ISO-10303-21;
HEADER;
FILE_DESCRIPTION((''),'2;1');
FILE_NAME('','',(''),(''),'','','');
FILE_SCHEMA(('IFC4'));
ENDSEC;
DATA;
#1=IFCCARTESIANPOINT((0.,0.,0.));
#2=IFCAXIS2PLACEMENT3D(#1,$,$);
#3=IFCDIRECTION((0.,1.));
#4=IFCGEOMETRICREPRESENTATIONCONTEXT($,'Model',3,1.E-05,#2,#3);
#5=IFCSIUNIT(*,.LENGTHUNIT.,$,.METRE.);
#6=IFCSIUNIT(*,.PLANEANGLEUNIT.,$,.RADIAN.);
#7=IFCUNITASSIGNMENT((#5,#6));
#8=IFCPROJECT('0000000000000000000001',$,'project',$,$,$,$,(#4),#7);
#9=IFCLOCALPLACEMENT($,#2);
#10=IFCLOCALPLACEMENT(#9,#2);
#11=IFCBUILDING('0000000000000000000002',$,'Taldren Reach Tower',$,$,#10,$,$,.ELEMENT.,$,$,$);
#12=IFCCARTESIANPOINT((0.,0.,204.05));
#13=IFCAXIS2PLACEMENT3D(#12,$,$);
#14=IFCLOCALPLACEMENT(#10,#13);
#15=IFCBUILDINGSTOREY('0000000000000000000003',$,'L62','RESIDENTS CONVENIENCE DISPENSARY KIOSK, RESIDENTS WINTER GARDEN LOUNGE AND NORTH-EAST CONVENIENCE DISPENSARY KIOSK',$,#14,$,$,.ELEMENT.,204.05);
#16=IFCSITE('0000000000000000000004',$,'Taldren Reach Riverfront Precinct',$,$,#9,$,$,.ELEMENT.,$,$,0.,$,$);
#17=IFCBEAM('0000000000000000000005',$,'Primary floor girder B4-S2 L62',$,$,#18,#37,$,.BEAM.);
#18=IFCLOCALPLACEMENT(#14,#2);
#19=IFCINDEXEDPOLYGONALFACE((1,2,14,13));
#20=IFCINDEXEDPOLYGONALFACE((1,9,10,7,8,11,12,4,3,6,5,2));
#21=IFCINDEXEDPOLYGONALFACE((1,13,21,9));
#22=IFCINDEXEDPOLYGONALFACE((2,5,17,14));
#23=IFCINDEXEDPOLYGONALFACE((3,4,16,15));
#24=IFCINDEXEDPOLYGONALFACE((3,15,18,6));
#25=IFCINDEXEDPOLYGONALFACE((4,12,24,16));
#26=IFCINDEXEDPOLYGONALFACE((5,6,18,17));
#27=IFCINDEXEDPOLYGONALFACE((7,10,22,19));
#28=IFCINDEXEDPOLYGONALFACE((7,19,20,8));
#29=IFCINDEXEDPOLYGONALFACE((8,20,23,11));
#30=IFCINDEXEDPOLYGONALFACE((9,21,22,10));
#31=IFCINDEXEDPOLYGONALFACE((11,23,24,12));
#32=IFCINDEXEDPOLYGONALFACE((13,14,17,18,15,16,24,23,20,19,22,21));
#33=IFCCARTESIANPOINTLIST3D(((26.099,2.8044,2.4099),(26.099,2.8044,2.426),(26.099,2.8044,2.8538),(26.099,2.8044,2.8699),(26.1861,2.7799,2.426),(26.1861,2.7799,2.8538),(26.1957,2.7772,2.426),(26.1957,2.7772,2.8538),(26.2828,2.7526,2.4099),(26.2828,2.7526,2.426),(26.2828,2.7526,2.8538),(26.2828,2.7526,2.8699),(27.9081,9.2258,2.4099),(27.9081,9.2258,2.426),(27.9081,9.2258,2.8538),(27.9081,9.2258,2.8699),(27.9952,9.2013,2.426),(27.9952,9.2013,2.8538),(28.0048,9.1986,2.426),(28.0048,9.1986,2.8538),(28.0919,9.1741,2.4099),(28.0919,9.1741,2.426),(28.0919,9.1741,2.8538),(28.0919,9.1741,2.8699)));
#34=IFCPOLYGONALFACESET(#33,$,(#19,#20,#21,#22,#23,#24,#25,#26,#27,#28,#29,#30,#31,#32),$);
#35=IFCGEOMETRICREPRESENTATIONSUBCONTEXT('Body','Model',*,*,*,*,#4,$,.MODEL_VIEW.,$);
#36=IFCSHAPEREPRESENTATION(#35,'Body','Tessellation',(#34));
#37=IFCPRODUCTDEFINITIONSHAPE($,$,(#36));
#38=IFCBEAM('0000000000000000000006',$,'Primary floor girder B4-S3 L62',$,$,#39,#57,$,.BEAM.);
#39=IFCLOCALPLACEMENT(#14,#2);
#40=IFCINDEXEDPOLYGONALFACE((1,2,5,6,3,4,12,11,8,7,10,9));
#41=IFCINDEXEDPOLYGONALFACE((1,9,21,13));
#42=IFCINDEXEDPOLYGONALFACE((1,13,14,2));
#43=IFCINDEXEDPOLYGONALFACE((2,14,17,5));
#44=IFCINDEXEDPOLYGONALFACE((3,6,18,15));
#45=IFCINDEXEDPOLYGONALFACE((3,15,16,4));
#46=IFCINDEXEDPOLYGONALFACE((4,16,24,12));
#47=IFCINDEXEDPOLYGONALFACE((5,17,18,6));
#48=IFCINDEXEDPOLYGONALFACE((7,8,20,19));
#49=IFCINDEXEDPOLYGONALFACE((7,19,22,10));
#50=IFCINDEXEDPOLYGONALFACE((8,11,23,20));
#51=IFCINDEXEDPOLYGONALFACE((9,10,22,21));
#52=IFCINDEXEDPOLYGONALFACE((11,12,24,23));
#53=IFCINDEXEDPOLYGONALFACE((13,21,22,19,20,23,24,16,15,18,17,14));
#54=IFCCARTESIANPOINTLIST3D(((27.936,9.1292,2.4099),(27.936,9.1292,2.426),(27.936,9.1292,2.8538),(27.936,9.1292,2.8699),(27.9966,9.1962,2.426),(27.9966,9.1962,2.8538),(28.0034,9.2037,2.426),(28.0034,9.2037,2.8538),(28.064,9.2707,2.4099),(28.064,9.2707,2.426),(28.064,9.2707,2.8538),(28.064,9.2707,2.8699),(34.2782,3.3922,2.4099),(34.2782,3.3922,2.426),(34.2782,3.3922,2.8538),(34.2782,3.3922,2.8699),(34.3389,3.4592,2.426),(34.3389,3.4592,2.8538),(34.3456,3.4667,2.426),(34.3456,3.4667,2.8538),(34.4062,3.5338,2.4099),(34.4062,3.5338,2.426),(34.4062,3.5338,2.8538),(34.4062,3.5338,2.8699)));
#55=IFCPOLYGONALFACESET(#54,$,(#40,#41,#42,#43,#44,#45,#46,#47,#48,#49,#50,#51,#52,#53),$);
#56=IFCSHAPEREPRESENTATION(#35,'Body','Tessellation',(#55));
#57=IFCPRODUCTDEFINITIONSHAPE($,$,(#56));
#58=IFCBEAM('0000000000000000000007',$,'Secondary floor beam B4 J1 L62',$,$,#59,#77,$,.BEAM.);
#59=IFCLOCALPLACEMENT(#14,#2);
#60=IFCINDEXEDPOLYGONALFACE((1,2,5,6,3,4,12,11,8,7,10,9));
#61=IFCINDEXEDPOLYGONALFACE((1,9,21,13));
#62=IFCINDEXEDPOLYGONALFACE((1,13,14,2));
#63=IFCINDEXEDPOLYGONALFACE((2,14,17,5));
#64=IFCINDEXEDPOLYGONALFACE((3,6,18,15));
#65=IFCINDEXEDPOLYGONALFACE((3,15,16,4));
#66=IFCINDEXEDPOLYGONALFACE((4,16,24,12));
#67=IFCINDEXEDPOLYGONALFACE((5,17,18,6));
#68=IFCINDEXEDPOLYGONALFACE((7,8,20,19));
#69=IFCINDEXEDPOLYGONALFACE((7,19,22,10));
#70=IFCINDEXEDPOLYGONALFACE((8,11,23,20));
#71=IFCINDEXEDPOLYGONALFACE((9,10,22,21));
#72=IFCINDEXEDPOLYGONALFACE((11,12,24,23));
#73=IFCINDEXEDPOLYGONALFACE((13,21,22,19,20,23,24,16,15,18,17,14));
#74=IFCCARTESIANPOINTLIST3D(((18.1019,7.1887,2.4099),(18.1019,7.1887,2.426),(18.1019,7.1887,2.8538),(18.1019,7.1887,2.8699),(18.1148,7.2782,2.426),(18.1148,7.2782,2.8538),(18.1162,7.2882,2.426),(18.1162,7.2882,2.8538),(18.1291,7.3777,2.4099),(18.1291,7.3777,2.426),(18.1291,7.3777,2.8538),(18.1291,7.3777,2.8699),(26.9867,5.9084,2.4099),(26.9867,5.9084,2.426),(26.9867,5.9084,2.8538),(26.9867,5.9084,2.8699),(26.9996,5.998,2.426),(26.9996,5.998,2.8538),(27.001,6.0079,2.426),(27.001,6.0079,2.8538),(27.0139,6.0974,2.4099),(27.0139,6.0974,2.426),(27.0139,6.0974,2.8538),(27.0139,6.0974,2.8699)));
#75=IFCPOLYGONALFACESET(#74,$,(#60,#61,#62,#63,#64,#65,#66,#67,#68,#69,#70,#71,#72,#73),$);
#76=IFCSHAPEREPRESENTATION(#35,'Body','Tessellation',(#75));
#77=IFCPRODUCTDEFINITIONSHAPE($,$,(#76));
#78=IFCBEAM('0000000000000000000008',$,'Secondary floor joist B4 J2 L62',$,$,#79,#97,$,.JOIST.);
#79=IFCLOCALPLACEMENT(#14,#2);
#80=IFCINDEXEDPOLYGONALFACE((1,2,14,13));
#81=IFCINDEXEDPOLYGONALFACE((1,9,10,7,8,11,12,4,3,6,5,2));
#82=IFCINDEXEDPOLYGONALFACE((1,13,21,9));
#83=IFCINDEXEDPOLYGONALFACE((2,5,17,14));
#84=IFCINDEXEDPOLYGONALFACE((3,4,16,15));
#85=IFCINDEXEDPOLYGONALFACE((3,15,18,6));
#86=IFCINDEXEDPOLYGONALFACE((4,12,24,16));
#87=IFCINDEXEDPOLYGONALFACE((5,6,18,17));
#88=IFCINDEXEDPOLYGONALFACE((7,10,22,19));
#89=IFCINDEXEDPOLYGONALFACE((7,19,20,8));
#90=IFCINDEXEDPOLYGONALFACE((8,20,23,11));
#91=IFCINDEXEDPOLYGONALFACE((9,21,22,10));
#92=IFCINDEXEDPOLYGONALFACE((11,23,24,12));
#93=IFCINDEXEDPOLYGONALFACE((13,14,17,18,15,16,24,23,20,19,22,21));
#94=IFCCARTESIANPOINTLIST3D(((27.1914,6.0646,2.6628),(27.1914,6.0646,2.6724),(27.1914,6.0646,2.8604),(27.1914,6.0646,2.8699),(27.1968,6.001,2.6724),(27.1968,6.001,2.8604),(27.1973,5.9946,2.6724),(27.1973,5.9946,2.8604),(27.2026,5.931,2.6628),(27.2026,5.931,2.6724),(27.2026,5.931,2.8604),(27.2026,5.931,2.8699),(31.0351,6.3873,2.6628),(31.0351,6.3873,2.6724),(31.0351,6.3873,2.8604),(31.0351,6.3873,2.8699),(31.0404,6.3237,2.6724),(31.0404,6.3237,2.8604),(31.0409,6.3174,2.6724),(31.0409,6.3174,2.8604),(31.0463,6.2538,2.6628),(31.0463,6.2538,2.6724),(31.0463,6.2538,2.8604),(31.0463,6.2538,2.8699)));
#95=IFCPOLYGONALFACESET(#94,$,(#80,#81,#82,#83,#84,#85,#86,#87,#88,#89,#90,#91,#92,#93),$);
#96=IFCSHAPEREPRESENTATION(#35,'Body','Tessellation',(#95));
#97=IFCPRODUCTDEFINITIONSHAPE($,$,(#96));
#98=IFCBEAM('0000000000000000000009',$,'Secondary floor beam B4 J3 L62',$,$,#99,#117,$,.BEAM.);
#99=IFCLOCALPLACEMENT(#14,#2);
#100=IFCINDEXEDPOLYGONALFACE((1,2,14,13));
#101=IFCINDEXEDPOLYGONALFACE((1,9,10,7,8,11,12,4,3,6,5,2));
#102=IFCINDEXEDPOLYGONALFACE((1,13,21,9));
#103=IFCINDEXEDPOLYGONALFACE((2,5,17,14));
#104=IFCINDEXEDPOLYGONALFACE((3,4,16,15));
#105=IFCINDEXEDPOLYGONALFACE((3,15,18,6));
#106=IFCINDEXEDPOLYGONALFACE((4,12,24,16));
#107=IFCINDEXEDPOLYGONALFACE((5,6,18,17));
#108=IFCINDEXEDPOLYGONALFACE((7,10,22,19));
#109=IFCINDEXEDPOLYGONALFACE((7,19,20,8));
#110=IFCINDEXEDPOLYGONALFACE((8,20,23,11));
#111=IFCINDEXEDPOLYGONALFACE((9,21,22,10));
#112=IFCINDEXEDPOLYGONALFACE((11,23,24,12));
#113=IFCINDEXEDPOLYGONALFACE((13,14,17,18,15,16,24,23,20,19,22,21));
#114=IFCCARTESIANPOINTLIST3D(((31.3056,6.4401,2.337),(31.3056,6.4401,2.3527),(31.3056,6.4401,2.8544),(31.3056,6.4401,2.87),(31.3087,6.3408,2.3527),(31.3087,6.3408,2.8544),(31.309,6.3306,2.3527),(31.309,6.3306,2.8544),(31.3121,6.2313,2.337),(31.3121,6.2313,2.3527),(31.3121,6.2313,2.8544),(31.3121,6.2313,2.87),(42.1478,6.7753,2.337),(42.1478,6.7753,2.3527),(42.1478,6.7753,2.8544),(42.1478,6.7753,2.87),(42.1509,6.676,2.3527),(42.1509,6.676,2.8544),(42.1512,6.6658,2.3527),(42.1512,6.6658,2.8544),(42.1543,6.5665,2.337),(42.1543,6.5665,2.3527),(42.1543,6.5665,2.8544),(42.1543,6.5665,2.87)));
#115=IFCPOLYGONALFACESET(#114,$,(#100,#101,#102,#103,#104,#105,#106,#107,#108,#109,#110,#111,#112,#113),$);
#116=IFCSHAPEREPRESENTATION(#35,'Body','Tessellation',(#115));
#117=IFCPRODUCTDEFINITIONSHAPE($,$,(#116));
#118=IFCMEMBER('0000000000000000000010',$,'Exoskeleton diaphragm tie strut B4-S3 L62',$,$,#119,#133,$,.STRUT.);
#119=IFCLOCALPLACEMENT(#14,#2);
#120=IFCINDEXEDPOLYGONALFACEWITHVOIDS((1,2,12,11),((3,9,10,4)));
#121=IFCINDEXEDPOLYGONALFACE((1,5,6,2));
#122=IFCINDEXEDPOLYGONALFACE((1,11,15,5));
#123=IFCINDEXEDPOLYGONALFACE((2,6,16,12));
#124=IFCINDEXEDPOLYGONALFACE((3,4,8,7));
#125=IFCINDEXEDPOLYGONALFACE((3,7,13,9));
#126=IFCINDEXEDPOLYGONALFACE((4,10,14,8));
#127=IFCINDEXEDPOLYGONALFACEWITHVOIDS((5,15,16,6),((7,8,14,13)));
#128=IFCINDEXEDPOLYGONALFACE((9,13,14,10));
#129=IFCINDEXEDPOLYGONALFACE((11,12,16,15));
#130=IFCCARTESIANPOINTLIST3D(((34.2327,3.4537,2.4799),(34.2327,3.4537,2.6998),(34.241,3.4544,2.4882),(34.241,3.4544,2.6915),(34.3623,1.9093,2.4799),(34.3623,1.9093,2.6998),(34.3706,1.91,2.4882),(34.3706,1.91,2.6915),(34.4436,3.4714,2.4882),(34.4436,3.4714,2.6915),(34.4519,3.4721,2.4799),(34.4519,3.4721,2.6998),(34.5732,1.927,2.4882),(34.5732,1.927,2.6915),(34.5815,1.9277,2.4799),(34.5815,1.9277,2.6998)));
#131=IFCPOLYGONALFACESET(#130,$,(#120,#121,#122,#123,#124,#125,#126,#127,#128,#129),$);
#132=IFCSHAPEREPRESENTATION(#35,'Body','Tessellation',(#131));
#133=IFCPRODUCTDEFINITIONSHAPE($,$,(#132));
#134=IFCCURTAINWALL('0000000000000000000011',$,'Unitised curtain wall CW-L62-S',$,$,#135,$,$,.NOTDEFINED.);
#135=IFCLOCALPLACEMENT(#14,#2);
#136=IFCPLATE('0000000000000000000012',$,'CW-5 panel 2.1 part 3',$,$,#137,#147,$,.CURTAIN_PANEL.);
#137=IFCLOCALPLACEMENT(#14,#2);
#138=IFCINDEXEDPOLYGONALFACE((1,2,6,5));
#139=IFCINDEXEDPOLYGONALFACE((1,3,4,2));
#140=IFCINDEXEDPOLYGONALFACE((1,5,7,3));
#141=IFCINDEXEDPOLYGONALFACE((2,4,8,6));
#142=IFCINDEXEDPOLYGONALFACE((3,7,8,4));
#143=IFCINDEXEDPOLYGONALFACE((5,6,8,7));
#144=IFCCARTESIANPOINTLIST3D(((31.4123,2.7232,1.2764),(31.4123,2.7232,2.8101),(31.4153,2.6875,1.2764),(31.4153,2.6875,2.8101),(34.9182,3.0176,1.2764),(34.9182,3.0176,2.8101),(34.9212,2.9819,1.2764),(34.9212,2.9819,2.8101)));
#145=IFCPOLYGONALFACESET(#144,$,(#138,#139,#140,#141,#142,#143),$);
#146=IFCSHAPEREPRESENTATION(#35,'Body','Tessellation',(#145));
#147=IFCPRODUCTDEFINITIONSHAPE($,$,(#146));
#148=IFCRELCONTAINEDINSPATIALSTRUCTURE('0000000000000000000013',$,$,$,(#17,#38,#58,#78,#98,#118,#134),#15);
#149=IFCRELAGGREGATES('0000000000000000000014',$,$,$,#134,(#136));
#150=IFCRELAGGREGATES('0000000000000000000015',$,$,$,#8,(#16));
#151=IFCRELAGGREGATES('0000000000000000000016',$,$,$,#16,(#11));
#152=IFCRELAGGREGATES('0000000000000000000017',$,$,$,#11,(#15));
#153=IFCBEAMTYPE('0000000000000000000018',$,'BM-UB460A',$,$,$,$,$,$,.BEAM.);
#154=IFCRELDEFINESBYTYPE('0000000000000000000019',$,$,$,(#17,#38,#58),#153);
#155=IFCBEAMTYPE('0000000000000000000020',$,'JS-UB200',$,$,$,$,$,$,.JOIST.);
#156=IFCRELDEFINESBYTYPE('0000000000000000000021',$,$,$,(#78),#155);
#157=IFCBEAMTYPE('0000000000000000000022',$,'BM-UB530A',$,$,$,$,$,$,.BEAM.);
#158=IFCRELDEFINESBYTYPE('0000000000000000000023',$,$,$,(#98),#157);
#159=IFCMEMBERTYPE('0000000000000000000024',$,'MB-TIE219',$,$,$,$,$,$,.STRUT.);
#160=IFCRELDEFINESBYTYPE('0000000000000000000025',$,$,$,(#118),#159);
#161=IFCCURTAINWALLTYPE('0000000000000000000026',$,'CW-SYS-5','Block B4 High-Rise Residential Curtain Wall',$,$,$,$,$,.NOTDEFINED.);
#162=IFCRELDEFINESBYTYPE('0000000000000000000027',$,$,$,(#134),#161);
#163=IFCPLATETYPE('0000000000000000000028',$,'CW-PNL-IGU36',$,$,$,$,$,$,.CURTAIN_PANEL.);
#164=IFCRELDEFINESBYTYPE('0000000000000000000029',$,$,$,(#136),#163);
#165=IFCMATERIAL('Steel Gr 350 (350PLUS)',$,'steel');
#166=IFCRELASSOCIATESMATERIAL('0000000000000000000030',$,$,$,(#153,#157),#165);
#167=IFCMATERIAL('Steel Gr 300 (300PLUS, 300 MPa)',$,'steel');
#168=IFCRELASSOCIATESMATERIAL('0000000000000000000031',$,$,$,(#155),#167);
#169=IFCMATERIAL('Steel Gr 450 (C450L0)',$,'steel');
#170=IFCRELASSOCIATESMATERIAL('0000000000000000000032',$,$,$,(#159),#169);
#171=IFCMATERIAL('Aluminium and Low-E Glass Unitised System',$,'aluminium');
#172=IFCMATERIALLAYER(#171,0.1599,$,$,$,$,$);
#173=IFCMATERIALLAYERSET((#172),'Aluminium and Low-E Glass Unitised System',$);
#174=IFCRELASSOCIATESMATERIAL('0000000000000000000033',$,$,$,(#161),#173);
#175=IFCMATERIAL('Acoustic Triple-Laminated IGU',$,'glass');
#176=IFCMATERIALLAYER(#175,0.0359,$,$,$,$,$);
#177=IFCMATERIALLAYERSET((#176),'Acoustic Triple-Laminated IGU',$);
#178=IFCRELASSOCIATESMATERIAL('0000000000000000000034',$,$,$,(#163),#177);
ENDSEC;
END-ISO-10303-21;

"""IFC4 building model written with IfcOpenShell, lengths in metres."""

from ifc_helpers import new_model, si_unit, direction, frame, origin, origin_2d, place, context, subcontext, project, spatial, rectangle, hollow_rectangle, i_section, extrude, source, transform, mapped, material, layer, layer_set, material_profile, profile_set, type_object, element, aggregate, save


model = new_model("IFC4")

# Units and contexts
model_context = context("Model", 3, precision=1e-05, world=origin(), true_north=direction((0.0, 1.0)))
body_context = subcontext(model_context, "Body", "Model", "MODEL_VIEW")
ifc_project = project(units=[si_unit("LENGTHUNIT", "METRE"), si_unit("PLANEANGLEUNIT", "RADIAN")], contexts=[model_context])

# Site, building, storey
site_placement = place(None, origin())
site = spatial("IfcSite", under=ifc_project, at=site_placement, Name="Taldren Reach Riverfront Precinct", CompositionType="ELEMENT", RefElevation=0.0)
building_placement = place(site_placement, origin())
building = spatial("IfcBuilding", under=site, at=building_placement, Name="Taldren Reach Tower", CompositionType="ELEMENT")
storey_placement = place(building_placement, frame((0.0, 0.0, 204.05)))
storey = spatial("IfcBuildingStorey", under=building, at=storey_placement, Name="L62", Description="RESIDENTS CONVENIENCE DISPENSARY KIOSK, RESIDENTS WINTER GARDEN LOUNGE AND NORTH-EAST CONVENIENCE DISPENSARY KIOSK", CompositionType="ELEMENT", Elevation=204.05)

# Shared definitions
ifc_material_1 = material(Name="Steel Gr 350 (350PLUS)", Category="steel")

# Beams
ifc_material_profile_1 = material_profile(ifc_material_1, i_section(OverallWidth=0.1909, OverallDepth=0.46, WebThickness=0.01, FlangeThickness=0.0161, at=origin_2d()), Name="460UB82.1")
ifc_profile_set_1 = profile_set([ifc_material_profile_1], Name="Steel Gr 350 (350PLUS)")
beam_type_1 = type_object("IfcBeamType", Name="BM-UB460A", PredefinedType="BEAM", material=ifc_profile_set_1)
shared_shape_1 = source(origin(), body_context, "Body", "SweptSolid", [
    extrude(i_section(OverallWidth=0.1909, OverallDepth=0.46, WebThickness=0.01, FlangeThickness=0.0161, at=origin_2d()), origin(), (0.0, 0.0, 1.0), 6.6714),
])
beam_1_placement = place(storey_placement, frame((28.0, 9.2, 2.6399), z_axis=(-0.271172, -0.962531, 0.0), x_axis=(0.962531, -0.271172, 0.0)))
element("IfcBeam", 1, at=beam_1_placement, inside=storey, type_object=beam_type_1, Name="Primary floor girder B4-S2 L62", PredefinedType="BEAM", context=body_context, shape_type="MappedRepresentation", body=[
    mapped(shared_shape_1, transform((0.0, 0.0, 0.0), scale=1.0)),
])
shared_shape_2 = source(origin(), body_context, "Body", "SweptSolid", [
    extrude(i_section(OverallWidth=0.1909, OverallDepth=0.46, WebThickness=0.01, FlangeThickness=0.0161, at=origin_2d()), origin(), (0.0, 0.0, 1.0), 8.552),
])
beam_2_placement = place(storey_placement, frame((28.0, 9.2, 2.6399), z_axis=(0.741605, -0.670836, 0.0), x_axis=(0.670836, 0.741605, 0.0)))
element("IfcBeam", 2, at=beam_2_placement, inside=storey, type_object=beam_type_1, Name="Primary floor girder B4-S3 L62", PredefinedType="BEAM", context=body_context, shape_type="MappedRepresentation", body=[
    mapped(shared_shape_2, transform((0.0, 0.0, 0.0), scale=1.0)),
])
shared_shape_3 = source(origin(), body_context, "Body", "SweptSolid", [
    extrude(i_section(OverallWidth=0.1909, OverallDepth=0.46, WebThickness=0.01, FlangeThickness=0.0161, at=origin_2d()), origin(), (0.0, 0.0, 1.0), 8.9766),
])
beam_3_placement = place(storey_placement, frame((18.1155, 7.2832, 2.6399), z_axis=(0.989777, -0.142624, 0.0), x_axis=(0.142624, 0.989777, 0.0)))
element("IfcBeam", 3, at=beam_3_placement, inside=storey, type_object=beam_type_1, Name="Secondary floor beam B4 J1 L62", PredefinedType="BEAM", context=body_context, shape_type="MappedRepresentation", body=[
    mapped(shared_shape_3, transform((0.0, 0.0, 0.0), scale=1.0)),
])
ifc_material_2 = material(Name="Steel Gr 300 (300PLUS, 300 MPa)", Category="steel")
ifc_material_profile_2 = material_profile(ifc_material_2, i_section(OverallWidth=0.134, OverallDepth=0.207, WebThickness=0.0063, FlangeThickness=0.0095, at=origin_2d()), Name="200UB29.8")
ifc_profile_set_2 = profile_set([ifc_material_profile_2], Name="Steel Gr 300 (300PLUS, 300 MPa)")
beam_type_2 = type_object("IfcBeamType", Name="JS-UB200", PredefinedType="JOIST", material=ifc_profile_set_2)
shared_shape_4 = source(origin(), body_context, "Body", "SweptSolid", [
    extrude(i_section(OverallWidth=0.134, OverallDepth=0.207, WebThickness=0.0063, FlangeThickness=0.0095, at=origin_2d()), origin(), (0.0, 0.0, 1.0), 3.8572),
])
beam_4_placement = place(storey_placement, frame((27.197, 5.9978, 2.7664), z_axis=(0.996493, 0.083674, 0.0), x_axis=(-0.083674, 0.996493, 0.0)))
element("IfcBeam", 4, at=beam_4_placement, inside=storey, type_object=beam_type_2, Name="Secondary floor joist B4 J2 L62", PredefinedType="JOIST", context=body_context, shape_type="MappedRepresentation", body=[
    mapped(shared_shape_4, transform((0.0, 0.0, 0.0), scale=1.0)),
])
ifc_material_profile_3 = material_profile(ifc_material_1, i_section(OverallWidth=0.209, OverallDepth=0.533, WebThickness=0.0103, FlangeThickness=0.0156, at=origin_2d()), Name="530UB92.4")
ifc_profile_set_3 = profile_set([ifc_material_profile_3], Name="Steel Gr 350 (350PLUS)")
beam_type_3 = type_object("IfcBeamType", Name="BM-UB530A", PredefinedType="BEAM", material=ifc_profile_set_3)
shared_shape_5 = source(origin(), body_context, "Body", "SweptSolid", [
    extrude(i_section(OverallWidth=0.209, OverallDepth=0.533, WebThickness=0.0103, FlangeThickness=0.0156, at=origin_2d()), origin(), (0.0, 0.0, 1.0), 10.8474),
])
beam_5_placement = place(storey_placement, frame((31.3088, 6.3357, 2.6035), z_axis=(0.999522, 0.030902, 0.0), x_axis=(-0.030902, 0.999522, 0.0)))
element("IfcBeam", 5, at=beam_5_placement, inside=storey, type_object=beam_type_3, Name="Secondary floor beam B4 J3 L62", PredefinedType="BEAM", context=body_context, shape_type="MappedRepresentation", body=[
    mapped(shared_shape_5, transform((0.0, 0.0, 0.0), scale=1.0)),
])

# Member
ifc_material_3 = material(Name="Steel Gr 450 (C450L0)", Category="steel")
ifc_material_profile_4 = material_profile(ifc_material_3, hollow_rectangle(XDim=0.22, YDim=0.22, WallThickness=0.0083, at=origin_2d()), Name="220x220x8.2SHS")
ifc_profile_set_4 = profile_set([ifc_material_profile_4], Name="Steel Gr 450 (C450L0)")
member_type_1 = type_object("IfcMemberType", Name="MB-TIE219", PredefinedType="STRUT", material=ifc_profile_set_4)
shared_shape_6 = source(origin(), body_context, "Body", "SweptSolid", [
    extrude(hollow_rectangle(XDim=0.22, YDim=0.22, WallThickness=0.0083, at=origin_2d()), origin(), (0.0, 0.0, 1.0), 1.5498),
])
member_placement = place(storey_placement, frame((34.3423, 3.4629, 2.5898), z_axis=(0.083645, -0.996496, 0.0), x_axis=(0.996496, 0.083645, 0.0)))
element("IfcMember", 6, at=member_placement, inside=storey, type_object=member_type_1, Name="Exoskeleton diaphragm tie strut B4-S3 L62", PredefinedType="STRUT", context=body_context, shape_type="MappedRepresentation", body=[
    mapped(shared_shape_6, transform((0.0, 0.0, 0.0), scale=1.0)),
])

# Curtain wall, plate
ifc_material_4 = material(Name="Aluminium and Low-E Glass Unitised System", Category="aluminium")
ifc_layer_1 = layer(ifc_material_4, 0.1599)
ifc_layer_set_1 = layer_set([ifc_layer_1], Name="Aluminium and Low-E Glass Unitised System")
curtain_wall_type = type_object("IfcCurtainWallType", Name="CW-SYS-5", Description="Block B4 High-Rise Residential Curtain Wall", PredefinedType="NOTDEFINED", material=ifc_layer_set_1)
curtain_wall_placement = place(storey_placement, origin())
curtain_wall = element("IfcCurtainWall", 7, at=curtain_wall_placement, inside=storey, type_object=curtain_wall_type, Name="Unitised curtain wall CW-L62-S", PredefinedType="NOTDEFINED")
ifc_material_5 = material(Name="Acoustic Triple-Laminated IGU", Category="glass")
ifc_layer_2 = layer(ifc_material_5, 0.0359)
ifc_layer_set_2 = layer_set([ifc_layer_2], Name="Acoustic Triple-Laminated IGU")
plate_type = type_object("IfcPlateType", Name="CW-PNL-IGU36", PredefinedType="CURTAIN_PANEL", material=ifc_layer_set_2)
shared_shape_7 = source(origin(), body_context, "Body", "SweptSolid", [
    extrude(rectangle(XDim=3.5183, YDim=0.0359, at=origin_2d()), origin(), (0.0, 0.0, 1.0), 1.5337),
])
plate_placement = place(storey_placement, frame((33.1667, 2.8525, 1.2764), z_axis=(0.0, 0.0, 1.0), x_axis=(0.996493, 0.083678, 0.0)))
plate = element("IfcPlate", 8, at=plate_placement, type_object=plate_type, Name="CW-5 panel 2.1 part 3", PredefinedType="CURTAIN_PANEL", context=body_context, shape_type="MappedRepresentation", body=[
    mapped(shared_shape_7, transform((0.0, 0.0, 0.0), scale=1.0)),
])
aggregate(curtain_wall, [plate])

save(model, "model.ifc")
